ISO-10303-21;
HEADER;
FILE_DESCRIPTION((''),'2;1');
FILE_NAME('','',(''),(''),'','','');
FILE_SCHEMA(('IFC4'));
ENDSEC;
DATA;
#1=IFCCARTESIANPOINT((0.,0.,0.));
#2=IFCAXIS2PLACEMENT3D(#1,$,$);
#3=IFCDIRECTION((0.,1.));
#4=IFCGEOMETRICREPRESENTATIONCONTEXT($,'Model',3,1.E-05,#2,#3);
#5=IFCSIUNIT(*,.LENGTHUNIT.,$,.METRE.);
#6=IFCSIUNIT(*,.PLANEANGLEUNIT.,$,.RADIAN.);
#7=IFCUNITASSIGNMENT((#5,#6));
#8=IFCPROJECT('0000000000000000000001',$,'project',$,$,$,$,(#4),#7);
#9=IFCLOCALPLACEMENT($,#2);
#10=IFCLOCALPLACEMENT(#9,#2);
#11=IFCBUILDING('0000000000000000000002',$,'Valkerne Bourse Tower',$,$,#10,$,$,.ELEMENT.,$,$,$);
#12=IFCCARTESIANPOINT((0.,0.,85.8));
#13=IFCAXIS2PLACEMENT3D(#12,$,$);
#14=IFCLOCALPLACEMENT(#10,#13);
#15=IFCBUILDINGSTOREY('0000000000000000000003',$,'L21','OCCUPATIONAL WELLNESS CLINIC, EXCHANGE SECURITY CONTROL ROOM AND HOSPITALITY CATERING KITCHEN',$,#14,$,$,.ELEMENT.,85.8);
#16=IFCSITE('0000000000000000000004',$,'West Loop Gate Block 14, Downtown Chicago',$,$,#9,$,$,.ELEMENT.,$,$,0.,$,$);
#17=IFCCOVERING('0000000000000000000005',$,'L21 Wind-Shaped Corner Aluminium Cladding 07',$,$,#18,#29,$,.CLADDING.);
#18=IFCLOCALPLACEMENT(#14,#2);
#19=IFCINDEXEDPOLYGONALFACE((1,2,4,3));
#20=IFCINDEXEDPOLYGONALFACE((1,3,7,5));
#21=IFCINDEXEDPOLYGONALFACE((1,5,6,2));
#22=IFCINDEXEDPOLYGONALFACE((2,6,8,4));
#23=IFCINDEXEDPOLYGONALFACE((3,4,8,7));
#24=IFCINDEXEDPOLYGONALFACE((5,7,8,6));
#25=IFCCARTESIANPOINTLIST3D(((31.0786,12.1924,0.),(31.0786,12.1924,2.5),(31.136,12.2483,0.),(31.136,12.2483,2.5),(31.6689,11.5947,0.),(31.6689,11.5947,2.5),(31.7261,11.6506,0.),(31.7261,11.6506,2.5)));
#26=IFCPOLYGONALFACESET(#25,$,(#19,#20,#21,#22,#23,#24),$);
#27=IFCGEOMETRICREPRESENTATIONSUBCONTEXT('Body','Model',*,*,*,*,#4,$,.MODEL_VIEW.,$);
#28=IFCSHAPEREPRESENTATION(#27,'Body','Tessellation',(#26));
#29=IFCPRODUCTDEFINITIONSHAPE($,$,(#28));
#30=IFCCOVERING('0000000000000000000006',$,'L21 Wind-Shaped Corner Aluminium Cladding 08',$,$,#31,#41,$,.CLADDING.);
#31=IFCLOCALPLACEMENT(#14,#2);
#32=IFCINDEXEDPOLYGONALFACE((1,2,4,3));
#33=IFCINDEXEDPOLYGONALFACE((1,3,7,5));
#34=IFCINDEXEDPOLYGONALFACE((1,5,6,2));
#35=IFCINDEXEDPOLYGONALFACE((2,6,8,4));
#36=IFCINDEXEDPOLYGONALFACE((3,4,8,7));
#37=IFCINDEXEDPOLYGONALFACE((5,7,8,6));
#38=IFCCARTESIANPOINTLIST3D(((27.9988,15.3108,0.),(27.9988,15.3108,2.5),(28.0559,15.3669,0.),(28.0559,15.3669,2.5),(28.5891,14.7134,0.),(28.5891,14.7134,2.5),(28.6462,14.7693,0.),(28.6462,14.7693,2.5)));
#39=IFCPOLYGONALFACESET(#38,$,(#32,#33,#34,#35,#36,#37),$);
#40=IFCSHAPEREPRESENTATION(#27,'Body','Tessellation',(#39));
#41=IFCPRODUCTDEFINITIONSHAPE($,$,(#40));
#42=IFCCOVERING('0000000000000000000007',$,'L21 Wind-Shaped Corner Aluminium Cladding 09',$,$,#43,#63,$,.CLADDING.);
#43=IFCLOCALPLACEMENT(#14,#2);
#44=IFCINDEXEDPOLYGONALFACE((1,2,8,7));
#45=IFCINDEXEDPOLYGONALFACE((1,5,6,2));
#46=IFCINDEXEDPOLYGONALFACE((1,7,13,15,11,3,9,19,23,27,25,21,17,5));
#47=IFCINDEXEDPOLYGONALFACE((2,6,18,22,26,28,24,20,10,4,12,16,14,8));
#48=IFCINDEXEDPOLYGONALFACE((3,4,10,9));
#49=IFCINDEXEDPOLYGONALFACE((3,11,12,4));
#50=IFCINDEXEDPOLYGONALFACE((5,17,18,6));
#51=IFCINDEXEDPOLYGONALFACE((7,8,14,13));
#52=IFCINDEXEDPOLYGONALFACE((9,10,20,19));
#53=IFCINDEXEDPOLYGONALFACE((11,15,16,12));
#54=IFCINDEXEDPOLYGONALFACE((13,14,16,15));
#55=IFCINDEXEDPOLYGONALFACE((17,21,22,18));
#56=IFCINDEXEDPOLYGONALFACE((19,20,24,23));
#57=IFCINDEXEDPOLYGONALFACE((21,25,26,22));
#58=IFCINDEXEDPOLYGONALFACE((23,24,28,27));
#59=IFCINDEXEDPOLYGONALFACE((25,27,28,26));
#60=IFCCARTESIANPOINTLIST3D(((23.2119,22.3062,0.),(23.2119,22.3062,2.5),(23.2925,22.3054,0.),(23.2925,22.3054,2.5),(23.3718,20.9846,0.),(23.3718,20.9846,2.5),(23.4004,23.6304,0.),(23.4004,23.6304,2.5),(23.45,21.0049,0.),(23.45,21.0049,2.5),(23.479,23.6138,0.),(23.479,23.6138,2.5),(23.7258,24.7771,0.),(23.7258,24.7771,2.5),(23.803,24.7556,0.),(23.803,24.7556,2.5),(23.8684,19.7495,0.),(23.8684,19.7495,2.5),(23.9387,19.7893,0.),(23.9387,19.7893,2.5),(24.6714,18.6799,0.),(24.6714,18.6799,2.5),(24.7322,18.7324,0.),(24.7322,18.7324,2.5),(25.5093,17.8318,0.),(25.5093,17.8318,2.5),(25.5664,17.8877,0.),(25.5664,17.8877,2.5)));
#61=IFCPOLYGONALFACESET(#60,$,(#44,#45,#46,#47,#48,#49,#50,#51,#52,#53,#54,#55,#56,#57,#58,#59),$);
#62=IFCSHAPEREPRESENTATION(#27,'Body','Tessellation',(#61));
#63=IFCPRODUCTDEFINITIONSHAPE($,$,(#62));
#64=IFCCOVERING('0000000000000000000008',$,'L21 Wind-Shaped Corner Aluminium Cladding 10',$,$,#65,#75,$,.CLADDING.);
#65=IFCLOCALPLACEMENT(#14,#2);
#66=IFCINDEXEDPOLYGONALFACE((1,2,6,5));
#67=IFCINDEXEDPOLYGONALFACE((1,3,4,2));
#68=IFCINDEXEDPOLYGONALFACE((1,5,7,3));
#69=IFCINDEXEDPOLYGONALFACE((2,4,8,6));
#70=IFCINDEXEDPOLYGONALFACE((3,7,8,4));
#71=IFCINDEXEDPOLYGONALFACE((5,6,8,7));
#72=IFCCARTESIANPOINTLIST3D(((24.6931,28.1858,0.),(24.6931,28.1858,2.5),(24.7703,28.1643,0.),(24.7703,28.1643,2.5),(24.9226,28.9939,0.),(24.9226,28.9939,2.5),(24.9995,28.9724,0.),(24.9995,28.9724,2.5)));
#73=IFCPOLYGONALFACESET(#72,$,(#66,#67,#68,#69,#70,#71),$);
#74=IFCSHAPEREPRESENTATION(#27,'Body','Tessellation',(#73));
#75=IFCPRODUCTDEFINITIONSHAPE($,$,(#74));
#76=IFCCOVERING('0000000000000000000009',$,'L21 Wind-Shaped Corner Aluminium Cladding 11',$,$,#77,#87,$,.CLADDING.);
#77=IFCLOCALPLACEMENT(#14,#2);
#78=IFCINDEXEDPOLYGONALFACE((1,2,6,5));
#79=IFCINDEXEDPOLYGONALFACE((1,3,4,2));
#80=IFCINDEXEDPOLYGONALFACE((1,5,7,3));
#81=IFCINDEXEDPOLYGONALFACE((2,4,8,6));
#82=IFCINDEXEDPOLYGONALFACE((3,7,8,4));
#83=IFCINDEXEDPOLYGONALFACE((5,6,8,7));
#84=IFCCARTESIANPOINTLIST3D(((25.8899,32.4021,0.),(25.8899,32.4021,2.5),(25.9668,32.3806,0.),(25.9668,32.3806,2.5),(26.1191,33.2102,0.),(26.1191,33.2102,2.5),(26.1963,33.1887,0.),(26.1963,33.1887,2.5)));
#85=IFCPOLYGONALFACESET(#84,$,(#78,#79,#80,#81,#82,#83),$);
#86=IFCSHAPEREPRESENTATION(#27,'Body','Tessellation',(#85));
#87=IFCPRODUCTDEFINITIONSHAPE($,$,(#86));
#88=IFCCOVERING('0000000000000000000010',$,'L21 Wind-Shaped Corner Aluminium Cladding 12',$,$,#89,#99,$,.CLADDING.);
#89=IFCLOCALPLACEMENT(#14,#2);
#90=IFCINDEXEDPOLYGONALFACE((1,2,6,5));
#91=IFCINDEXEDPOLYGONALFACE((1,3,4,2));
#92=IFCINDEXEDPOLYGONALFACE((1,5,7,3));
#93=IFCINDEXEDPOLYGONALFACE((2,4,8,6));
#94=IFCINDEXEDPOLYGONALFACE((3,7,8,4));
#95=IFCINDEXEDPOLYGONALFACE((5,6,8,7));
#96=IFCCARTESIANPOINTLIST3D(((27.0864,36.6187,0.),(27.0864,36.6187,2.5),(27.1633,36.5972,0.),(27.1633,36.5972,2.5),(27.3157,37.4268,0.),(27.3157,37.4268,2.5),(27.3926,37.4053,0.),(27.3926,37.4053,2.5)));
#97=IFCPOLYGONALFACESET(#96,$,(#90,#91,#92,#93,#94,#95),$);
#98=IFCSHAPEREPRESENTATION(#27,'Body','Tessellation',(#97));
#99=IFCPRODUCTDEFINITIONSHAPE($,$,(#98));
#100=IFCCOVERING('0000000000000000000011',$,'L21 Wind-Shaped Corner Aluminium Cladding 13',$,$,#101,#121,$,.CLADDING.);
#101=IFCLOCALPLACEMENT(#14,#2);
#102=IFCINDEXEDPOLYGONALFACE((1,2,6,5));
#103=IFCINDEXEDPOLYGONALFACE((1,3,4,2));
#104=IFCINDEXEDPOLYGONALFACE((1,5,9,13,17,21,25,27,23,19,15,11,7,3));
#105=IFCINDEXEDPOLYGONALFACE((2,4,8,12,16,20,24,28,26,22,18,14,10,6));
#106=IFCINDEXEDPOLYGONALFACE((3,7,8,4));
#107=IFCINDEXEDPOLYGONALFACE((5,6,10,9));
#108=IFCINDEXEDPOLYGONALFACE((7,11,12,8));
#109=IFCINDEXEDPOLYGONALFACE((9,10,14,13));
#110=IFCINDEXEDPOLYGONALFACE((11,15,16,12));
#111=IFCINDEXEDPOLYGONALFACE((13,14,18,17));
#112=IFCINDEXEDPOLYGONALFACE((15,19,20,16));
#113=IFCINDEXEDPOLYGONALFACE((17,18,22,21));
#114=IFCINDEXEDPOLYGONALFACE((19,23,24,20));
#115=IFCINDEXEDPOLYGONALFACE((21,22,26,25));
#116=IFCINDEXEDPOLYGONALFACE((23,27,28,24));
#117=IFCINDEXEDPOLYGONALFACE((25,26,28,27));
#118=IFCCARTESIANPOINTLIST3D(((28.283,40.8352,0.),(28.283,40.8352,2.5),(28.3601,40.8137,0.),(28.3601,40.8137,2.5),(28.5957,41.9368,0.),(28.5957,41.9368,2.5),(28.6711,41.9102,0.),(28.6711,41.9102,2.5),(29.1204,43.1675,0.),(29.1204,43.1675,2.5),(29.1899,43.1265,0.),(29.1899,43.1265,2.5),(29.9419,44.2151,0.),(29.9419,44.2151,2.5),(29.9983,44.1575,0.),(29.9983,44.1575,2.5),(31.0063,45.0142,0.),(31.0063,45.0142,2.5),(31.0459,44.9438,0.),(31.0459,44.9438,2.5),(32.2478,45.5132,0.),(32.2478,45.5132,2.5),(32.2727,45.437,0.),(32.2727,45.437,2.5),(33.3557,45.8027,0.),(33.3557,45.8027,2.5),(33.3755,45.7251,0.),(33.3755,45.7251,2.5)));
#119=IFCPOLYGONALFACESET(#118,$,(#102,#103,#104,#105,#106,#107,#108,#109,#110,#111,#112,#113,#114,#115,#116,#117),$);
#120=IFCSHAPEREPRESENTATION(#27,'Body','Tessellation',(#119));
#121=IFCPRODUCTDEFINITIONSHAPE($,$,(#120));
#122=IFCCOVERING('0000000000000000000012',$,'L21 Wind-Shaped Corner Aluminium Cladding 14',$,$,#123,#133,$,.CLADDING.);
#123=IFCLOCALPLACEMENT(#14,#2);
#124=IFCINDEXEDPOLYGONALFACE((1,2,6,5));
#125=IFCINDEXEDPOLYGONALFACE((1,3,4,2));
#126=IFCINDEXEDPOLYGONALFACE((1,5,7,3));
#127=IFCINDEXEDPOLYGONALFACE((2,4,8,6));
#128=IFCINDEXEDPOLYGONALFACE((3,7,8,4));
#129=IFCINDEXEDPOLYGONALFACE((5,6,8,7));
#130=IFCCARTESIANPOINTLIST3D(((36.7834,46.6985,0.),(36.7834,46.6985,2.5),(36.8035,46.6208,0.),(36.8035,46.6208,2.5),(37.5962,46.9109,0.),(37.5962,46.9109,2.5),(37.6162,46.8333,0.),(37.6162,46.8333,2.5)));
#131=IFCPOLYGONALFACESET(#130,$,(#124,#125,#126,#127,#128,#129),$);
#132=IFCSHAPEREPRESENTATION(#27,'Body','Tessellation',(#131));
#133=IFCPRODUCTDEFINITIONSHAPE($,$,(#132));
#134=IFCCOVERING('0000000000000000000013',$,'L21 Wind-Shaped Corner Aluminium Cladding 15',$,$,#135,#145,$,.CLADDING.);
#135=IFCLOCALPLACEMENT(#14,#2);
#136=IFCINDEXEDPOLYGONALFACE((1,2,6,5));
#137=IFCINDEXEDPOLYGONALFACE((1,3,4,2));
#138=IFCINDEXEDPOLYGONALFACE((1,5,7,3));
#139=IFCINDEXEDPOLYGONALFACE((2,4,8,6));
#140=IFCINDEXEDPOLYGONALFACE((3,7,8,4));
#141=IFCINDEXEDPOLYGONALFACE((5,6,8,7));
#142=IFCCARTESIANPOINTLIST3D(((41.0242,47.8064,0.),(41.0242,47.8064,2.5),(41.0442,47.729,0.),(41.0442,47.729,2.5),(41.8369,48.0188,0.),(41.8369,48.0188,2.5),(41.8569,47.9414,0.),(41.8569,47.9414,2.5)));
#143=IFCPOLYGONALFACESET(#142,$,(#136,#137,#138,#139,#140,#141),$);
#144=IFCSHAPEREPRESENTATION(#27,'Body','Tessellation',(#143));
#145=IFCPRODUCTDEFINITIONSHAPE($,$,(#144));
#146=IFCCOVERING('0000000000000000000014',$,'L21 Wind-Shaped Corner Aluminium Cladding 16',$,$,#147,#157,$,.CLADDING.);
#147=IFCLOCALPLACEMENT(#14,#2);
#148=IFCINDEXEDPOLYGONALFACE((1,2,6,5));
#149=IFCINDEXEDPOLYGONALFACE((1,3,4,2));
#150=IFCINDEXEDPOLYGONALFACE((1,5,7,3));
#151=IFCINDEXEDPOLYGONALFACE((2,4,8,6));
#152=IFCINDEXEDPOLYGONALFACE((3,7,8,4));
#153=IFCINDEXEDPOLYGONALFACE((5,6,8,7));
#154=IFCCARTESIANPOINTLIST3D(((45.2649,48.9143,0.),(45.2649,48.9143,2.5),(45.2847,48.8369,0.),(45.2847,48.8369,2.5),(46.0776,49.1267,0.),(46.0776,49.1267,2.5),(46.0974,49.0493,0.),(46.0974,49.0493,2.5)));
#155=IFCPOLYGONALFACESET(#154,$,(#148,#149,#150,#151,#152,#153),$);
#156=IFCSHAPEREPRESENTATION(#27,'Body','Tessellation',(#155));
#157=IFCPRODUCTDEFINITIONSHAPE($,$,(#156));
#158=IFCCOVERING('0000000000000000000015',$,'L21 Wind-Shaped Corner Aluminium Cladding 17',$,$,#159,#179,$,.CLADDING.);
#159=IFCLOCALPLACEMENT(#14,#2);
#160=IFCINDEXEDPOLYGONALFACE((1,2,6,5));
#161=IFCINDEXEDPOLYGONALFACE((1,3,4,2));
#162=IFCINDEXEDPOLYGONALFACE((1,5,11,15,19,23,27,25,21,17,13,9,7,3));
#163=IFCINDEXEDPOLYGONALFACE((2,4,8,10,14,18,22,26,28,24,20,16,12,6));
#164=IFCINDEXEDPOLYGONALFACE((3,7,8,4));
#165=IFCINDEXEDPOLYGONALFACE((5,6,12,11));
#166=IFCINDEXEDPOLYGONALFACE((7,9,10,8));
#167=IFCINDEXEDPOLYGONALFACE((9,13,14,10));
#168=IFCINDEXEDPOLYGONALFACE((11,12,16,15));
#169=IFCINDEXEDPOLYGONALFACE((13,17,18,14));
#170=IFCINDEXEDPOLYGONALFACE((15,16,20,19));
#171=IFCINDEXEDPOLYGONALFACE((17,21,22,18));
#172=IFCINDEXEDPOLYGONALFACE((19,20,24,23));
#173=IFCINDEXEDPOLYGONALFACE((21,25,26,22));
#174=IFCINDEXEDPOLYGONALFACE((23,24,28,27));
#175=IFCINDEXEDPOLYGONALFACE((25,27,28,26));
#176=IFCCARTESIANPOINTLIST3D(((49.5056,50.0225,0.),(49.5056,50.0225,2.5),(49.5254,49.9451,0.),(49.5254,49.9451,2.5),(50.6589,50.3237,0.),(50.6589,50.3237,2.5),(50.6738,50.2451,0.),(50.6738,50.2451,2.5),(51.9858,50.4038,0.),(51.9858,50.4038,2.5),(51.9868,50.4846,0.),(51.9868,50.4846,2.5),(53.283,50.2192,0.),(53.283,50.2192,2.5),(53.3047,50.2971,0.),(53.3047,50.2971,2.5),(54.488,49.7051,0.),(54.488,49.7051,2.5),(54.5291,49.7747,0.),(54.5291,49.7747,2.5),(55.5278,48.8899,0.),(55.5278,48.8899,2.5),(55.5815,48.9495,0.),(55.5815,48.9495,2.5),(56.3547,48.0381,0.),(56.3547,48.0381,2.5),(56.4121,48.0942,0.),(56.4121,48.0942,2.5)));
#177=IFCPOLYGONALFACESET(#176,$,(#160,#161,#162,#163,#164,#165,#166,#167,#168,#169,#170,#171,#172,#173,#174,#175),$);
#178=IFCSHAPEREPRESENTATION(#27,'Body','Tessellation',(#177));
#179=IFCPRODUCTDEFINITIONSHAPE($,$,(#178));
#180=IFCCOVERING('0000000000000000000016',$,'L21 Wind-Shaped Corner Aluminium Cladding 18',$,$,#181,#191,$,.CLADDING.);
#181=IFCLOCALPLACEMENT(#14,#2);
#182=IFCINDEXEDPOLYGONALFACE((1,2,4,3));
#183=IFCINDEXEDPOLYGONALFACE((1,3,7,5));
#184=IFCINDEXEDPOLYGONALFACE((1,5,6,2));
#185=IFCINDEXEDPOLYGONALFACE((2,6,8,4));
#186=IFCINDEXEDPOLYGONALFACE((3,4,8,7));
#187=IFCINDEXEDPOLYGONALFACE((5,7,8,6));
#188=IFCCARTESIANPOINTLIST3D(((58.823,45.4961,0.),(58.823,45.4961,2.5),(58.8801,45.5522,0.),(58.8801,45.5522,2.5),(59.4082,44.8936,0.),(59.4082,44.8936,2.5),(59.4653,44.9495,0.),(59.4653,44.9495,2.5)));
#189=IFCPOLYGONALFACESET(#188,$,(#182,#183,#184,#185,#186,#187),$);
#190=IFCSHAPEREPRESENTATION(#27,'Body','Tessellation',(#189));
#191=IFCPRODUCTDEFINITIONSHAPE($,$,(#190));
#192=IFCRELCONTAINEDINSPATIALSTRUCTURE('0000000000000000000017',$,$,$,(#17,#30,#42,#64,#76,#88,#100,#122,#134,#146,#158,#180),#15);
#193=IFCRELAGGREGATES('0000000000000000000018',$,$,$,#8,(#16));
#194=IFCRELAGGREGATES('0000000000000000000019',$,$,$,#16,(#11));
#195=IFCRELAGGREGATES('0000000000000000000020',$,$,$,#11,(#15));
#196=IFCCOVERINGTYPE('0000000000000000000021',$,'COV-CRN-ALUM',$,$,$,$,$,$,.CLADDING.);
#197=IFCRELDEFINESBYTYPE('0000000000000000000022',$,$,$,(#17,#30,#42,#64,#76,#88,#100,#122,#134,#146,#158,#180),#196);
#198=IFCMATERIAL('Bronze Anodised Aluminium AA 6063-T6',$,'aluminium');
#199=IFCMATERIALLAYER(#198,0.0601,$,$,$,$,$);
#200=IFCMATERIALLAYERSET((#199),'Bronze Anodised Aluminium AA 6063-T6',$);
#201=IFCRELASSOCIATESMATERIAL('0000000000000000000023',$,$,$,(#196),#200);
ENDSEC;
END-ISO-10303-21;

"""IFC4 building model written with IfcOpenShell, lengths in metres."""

from ifc_helpers import new_model, si_unit, direction, frame, origin, place, context, subcontext, project, spatial, polyline, outline, extrude, material, layer, layer_set, type_object, element, save


model = new_model("IFC4")

# Units and contexts
model_context = context("Model", 3, precision=1e-05, world=origin(), true_north=direction((0.0, 1.0)))
body_context = subcontext(model_context, "Body", "Model", "MODEL_VIEW")
ifc_project = project(units=[si_unit("LENGTHUNIT", "METRE"), si_unit("PLANEANGLEUNIT", "RADIAN")], contexts=[model_context])

# Site, building, storey
site_placement = place(None, origin())
site = spatial("IfcSite", under=ifc_project, at=site_placement, Name="West Loop Gate Block 14, Downtown Chicago", CompositionType="ELEMENT", RefElevation=0.0)
building_placement = place(site_placement, origin())
building = spatial("IfcBuilding", under=site, at=building_placement, Name="Valkerne Bourse Tower", CompositionType="ELEMENT")
storey_placement = place(building_placement, frame((0.0, 0.0, 85.8)))
storey = spatial("IfcBuildingStorey", under=building, at=storey_placement, Name="L21", Description="OCCUPATIONAL WELLNESS CLINIC, EXCHANGE SECURITY CONTROL ROOM AND HOSPITALITY CATERING KITCHEN", CompositionType="ELEMENT", Elevation=85.8)

# Coverings
ifc_material_1 = material(Name="Bronze Anodised Aluminium AA 6063-T6", Category="aluminium")
ifc_layer_1 = layer(ifc_material_1, 0.0601)
ifc_layer_set_1 = layer_set([ifc_layer_1], Name="Bronze Anodised Aluminium AA 6063-T6")
covering_type = type_object("IfcCoveringType", Name="COV-CRN-ALUM", PredefinedType="CLADDING", material=ifc_layer_set_1)
covering_1_placement = place(storey_placement, origin())
element("IfcCovering", 1, at=covering_1_placement, inside=storey, type_object=covering_type, Name="L21 Wind-Shaped Corner Aluminium Cladding 07", PredefinedType="CLADDING", context=body_context, shape_type="SweptSolid", body=[
    extrude(outline(polyline([(31.0786, 12.1924), (31.136, 12.2483), (31.7261, 11.6506), (31.6689, 11.5947), (31.0786, 12.1924)])), origin(), (0.0, 0.0, 1.0), 2.5),
])
covering_2_placement = place(storey_placement, origin())
element("IfcCovering", 2, at=covering_2_placement, inside=storey, type_object=covering_type, Name="L21 Wind-Shaped Corner Aluminium Cladding 08", PredefinedType="CLADDING", context=body_context, shape_type="SweptSolid", body=[
    extrude(outline(polyline([(27.9988, 15.3108), (28.0559, 15.3669), (28.6462, 14.7693), (28.5891, 14.7134), (27.9988, 15.3108)])), origin(), (0.0, 0.0, 1.0), 2.5),
])
covering_3_placement = place(storey_placement, origin())
element("IfcCovering", 3, at=covering_3_placement, inside=storey, type_object=covering_type, Name="L21 Wind-Shaped Corner Aluminium Cladding 09", PredefinedType="CLADDING", context=body_context, shape_type="SweptSolid", body=[
    extrude(outline(polyline([(24.6714, 18.6799), (23.8684, 19.7495), (23.3718, 20.9846), (23.2119, 22.3062), (23.4004, 23.6304), (23.7258, 24.7771), (23.803, 24.7556), (23.479, 23.6138), (23.2925, 22.3054), (23.45, 21.0049), (23.9387, 19.7893), (24.7322, 18.7324), (25.5664, 17.8877), (25.5093, 17.8318), (24.6714, 18.6799)])), origin(), (0.0, 0.0, 1.0), 2.5),
])
covering_4_placement = place(storey_placement, origin())
element("IfcCovering", 4, at=covering_4_placement, inside=storey, type_object=covering_type, Name="L21 Wind-Shaped Corner Aluminium Cladding 10", PredefinedType="CLADDING", context=body_context, shape_type="SweptSolid", body=[
    extrude(outline(polyline([(24.9226, 28.9939), (24.9995, 28.9724), (24.7703, 28.1643), (24.6931, 28.1858), (24.9226, 28.9939)])), origin(), (0.0, 0.0, 1.0), 2.5),
])
covering_5_placement = place(storey_placement, origin())
element("IfcCovering", 5, at=covering_5_placement, inside=storey, type_object=covering_type, Name="L21 Wind-Shaped Corner Aluminium Cladding 11", PredefinedType="CLADDING", context=body_context, shape_type="SweptSolid", body=[
    extrude(outline(polyline([(26.1191, 33.2102), (26.1963, 33.1887), (25.9668, 32.3806), (25.8899, 32.4021), (26.1191, 33.2102)])), origin(), (0.0, 0.0, 1.0), 2.5),
])
covering_6_placement = place(storey_placement, origin())
element("IfcCovering", 6, at=covering_6_placement, inside=storey, type_object=covering_type, Name="L21 Wind-Shaped Corner Aluminium Cladding 12", PredefinedType="CLADDING", context=body_context, shape_type="SweptSolid", body=[
    extrude(outline(polyline([(27.3157, 37.4268), (27.3926, 37.4053), (27.1633, 36.5972), (27.0864, 36.6187), (27.3157, 37.4268)])), origin(), (0.0, 0.0, 1.0), 2.5),
])
covering_7_placement = place(storey_placement, origin())
element("IfcCovering", 7, at=covering_7_placement, inside=storey, type_object=covering_type, Name="L21 Wind-Shaped Corner Aluminium Cladding 13", PredefinedType="CLADDING", context=body_context, shape_type="SweptSolid", body=[
    extrude(outline(polyline([(28.5957, 41.9368), (29.1204, 43.1675), (29.9419, 44.2151), (31.0063, 45.0142), (32.2478, 45.5132), (33.3557, 45.8027), (33.3755, 45.7251), (32.2727, 45.437), (31.0459, 44.9438), (29.9983, 44.1575), (29.1899, 43.1265), (28.6711, 41.9102), (28.3601, 40.8137), (28.283, 40.8352), (28.5957, 41.9368)])), origin(), (0.0, 0.0, 1.0), 2.5),
])
covering_8_placement = place(storey_placement, origin())
element("IfcCovering", 8, at=covering_8_placement, inside=storey, type_object=covering_type, Name="L21 Wind-Shaped Corner Aluminium Cladding 14", PredefinedType="CLADDING", context=body_context, shape_type="SweptSolid", body=[
    extrude(outline(polyline([(37.5962, 46.9109), (37.6162, 46.8333), (36.8035, 46.6208), (36.7834, 46.6985), (37.5962, 46.9109)])), origin(), (0.0, 0.0, 1.0), 2.5),
])
covering_9_placement = place(storey_placement, origin())
element("IfcCovering", 9, at=covering_9_placement, inside=storey, type_object=covering_type, Name="L21 Wind-Shaped Corner Aluminium Cladding 15", PredefinedType="CLADDING", context=body_context, shape_type="SweptSolid", body=[
    extrude(outline(polyline([(41.8369, 48.0188), (41.8569, 47.9414), (41.0442, 47.729), (41.0242, 47.8064), (41.8369, 48.0188)])), origin(), (0.0, 0.0, 1.0), 2.5),
])
covering_10_placement = place(storey_placement, origin())
element("IfcCovering", 10, at=covering_10_placement, inside=storey, type_object=covering_type, Name="L21 Wind-Shaped Corner Aluminium Cladding 16", PredefinedType="CLADDING", context=body_context, shape_type="SweptSolid", body=[
    extrude(outline(polyline([(46.0776, 49.1267), (46.0974, 49.0493), (45.2847, 48.8369), (45.2649, 48.9143), (46.0776, 49.1267)])), origin(), (0.0, 0.0, 1.0), 2.5),
])
covering_11_placement = place(storey_placement, origin())
element("IfcCovering", 11, at=covering_11_placement, inside=storey, type_object=covering_type, Name="L21 Wind-Shaped Corner Aluminium Cladding 17", PredefinedType="CLADDING", context=body_context, shape_type="SweptSolid", body=[
    extrude(outline(polyline([(50.6589, 50.3237), (51.9868, 50.4846), (53.3047, 50.2971), (54.5291, 49.7747), (55.5815, 48.9495), (56.4121, 48.0942), (56.3547, 48.0381), (55.5278, 48.8899), (54.488, 49.7051), (53.283, 50.2192), (51.9858, 50.4038), (50.6738, 50.2451), (49.5254, 49.9451), (49.5056, 50.0225), (50.6589, 50.3237)])), origin(), (0.0, 0.0, 1.0), 2.5),
])
covering_12_placement = place(storey_placement, origin())
element("IfcCovering", 12, at=covering_12_placement, inside=storey, type_object=covering_type, Name="L21 Wind-Shaped Corner Aluminium Cladding 18", PredefinedType="CLADDING", context=body_context, shape_type="SweptSolid", body=[
    extrude(outline(polyline([(59.4653, 44.9495), (59.4082, 44.8936), (58.823, 45.4961), (58.8801, 45.5522), (59.4653, 44.9495)])), origin(), (0.0, 0.0, 1.0), 2.5),
])

save(model, "model.ifc")
